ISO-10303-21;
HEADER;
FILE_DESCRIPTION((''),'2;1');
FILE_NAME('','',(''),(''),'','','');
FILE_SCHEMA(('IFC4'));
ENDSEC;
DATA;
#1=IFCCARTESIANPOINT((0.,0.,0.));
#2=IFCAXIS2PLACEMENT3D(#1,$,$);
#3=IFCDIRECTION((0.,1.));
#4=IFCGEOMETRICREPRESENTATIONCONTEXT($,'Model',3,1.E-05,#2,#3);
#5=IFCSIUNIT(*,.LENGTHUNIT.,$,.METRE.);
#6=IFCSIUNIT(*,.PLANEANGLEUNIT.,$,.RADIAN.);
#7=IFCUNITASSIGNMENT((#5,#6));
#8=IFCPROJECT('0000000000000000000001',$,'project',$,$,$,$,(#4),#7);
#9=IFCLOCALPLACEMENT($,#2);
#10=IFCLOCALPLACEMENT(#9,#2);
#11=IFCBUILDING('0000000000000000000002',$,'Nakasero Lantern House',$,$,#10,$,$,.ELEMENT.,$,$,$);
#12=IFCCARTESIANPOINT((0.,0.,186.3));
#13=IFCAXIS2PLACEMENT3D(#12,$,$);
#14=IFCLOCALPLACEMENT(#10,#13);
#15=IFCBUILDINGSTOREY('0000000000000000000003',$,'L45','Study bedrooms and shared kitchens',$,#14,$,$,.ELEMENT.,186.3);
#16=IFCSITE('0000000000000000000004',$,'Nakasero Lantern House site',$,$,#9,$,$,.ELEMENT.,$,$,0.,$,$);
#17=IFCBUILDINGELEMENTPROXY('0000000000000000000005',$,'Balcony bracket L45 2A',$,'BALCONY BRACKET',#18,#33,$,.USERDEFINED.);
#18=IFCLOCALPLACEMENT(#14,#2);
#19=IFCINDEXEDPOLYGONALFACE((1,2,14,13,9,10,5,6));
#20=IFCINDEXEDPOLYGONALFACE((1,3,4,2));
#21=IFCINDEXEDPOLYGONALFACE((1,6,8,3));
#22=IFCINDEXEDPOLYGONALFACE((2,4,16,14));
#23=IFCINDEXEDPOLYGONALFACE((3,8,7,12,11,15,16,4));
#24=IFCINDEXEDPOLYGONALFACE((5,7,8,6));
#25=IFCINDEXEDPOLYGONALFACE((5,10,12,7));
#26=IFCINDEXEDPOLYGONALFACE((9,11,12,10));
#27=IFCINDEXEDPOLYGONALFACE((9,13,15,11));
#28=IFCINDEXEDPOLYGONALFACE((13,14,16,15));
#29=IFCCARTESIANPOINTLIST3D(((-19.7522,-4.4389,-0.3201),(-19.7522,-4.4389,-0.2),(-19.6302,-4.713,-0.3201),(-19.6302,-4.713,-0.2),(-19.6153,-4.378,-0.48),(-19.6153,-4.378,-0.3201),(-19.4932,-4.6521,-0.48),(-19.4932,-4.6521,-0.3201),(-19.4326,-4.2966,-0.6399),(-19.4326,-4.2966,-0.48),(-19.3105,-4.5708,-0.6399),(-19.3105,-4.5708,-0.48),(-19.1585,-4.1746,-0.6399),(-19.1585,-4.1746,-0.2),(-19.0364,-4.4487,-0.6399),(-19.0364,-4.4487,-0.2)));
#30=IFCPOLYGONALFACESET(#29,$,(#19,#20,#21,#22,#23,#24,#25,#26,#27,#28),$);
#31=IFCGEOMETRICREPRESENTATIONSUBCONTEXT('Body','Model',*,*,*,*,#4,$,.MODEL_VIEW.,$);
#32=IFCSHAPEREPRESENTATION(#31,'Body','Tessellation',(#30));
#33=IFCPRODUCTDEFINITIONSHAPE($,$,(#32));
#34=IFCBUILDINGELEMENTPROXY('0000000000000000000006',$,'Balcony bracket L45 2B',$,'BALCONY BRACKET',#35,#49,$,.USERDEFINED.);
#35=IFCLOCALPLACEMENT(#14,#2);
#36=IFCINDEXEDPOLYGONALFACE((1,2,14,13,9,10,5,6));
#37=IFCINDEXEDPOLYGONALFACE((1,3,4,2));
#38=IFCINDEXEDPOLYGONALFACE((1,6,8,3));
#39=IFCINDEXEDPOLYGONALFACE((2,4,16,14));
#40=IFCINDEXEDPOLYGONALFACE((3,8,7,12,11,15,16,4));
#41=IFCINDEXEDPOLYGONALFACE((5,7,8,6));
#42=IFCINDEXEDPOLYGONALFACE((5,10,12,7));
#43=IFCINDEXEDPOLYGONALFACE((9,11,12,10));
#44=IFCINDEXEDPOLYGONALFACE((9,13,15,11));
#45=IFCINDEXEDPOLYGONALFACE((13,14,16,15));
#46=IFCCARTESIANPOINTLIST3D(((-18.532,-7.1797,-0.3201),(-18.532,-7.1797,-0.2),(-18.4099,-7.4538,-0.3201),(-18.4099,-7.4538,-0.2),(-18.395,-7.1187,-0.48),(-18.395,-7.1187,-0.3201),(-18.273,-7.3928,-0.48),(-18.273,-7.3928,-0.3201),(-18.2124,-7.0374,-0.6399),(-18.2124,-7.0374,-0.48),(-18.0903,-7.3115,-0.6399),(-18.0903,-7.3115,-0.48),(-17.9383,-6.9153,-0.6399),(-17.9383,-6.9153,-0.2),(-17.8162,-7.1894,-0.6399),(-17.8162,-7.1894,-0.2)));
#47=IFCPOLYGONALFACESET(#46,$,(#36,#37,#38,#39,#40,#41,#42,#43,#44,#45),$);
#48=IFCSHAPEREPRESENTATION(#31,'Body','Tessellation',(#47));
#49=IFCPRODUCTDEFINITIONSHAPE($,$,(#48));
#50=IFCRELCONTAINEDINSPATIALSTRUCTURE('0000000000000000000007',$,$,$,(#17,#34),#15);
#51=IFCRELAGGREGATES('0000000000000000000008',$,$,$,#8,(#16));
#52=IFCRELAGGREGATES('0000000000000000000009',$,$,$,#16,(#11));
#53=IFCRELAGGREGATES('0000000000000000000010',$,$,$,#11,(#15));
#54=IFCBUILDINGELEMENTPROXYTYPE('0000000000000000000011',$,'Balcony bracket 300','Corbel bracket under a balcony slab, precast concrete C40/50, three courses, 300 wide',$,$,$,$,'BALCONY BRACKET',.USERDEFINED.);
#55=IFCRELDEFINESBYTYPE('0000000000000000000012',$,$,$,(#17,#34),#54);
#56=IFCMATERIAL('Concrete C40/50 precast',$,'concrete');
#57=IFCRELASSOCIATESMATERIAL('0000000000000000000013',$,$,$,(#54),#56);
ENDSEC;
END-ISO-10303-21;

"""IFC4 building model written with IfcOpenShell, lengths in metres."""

from ifc_helpers import new_model, si_unit, direction, frame, origin, place, context, subcontext, project, spatial, polyline, outline, extrude, material, type_object, element, save


model = new_model("IFC4")

# Units and contexts
model_context = context("Model", 3, precision=1e-05, world=origin(), true_north=direction((0.0, 1.0)))
body_context = subcontext(model_context, "Body", "Model", "MODEL_VIEW")
ifc_project = project(units=[si_unit("LENGTHUNIT", "METRE"), si_unit("PLANEANGLEUNIT", "RADIAN")], contexts=[model_context])

# Site, building, storey
site_placement = place(None, origin())
site = spatial("IfcSite", under=ifc_project, at=site_placement, Name="Nakasero Lantern House site", CompositionType="ELEMENT", RefElevation=0.0)
building_placement = place(site_placement, origin())
building = spatial("IfcBuilding", under=site, at=building_placement, Name="Nakasero Lantern House", CompositionType="ELEMENT")
storey_placement = place(building_placement, frame((0.0, 0.0, 186.3)))
storey = spatial("IfcBuildingStorey", under=building, at=storey_placement, Name="L45", Description="Study bedrooms and shared kitchens", CompositionType="ELEMENT", Elevation=186.3)

# Building element proxies
ifc_material_1 = material(Name="Concrete C40/50 precast", Category="concrete")
building_element_proxy_type = type_object("IfcBuildingElementProxyType", Name="Balcony bracket 300", Description="Corbel bracket under a balcony slab, precast concrete C40/50, three courses, 300 wide", ElementType="BALCONY BRACKET", PredefinedType="USERDEFINED", material=ifc_material_1)
for number, where, z_axis, x_axis, name in (
    (1, (-19.0974, -4.3118, -0.2), (0.0, 0.0, 1.0), (-0.913545, -0.406737, 0.0), "Balcony bracket L45 2A"),
    (2, (-17.8772, -7.0525, -0.2), (0.0, 0.0, 1.0), (-0.913545, -0.406737, 0.0), "Balcony bracket L45 2B"),
):
    element("IfcBuildingElementProxy", number, at=place(storey_placement, frame(where, z_axis=z_axis, x_axis=x_axis)), inside=storey, type_object=building_element_proxy_type, Name=name, ObjectType="BALCONY BRACKET", PredefinedType="USERDEFINED", context=body_context, shape_type="SweptSolid", body=[
        extrude(outline(polyline([(0.0, 0.0), (0.6499, 0.0), (0.6499, -0.1201), (0.5, -0.1201), (0.5, -0.28), (0.3, -0.28), (0.3, -0.4399), (0.0, -0.4399), (0.0, 0.0)])), frame((0.0, 0.1499, 0.0), z_axis=(0.0, -1.0, 0.0), x_axis=(1.0, 0.0, 0.0)), (0.0, 0.0, 1.0), 0.3),
    ])

save(model, "model.ifc")
